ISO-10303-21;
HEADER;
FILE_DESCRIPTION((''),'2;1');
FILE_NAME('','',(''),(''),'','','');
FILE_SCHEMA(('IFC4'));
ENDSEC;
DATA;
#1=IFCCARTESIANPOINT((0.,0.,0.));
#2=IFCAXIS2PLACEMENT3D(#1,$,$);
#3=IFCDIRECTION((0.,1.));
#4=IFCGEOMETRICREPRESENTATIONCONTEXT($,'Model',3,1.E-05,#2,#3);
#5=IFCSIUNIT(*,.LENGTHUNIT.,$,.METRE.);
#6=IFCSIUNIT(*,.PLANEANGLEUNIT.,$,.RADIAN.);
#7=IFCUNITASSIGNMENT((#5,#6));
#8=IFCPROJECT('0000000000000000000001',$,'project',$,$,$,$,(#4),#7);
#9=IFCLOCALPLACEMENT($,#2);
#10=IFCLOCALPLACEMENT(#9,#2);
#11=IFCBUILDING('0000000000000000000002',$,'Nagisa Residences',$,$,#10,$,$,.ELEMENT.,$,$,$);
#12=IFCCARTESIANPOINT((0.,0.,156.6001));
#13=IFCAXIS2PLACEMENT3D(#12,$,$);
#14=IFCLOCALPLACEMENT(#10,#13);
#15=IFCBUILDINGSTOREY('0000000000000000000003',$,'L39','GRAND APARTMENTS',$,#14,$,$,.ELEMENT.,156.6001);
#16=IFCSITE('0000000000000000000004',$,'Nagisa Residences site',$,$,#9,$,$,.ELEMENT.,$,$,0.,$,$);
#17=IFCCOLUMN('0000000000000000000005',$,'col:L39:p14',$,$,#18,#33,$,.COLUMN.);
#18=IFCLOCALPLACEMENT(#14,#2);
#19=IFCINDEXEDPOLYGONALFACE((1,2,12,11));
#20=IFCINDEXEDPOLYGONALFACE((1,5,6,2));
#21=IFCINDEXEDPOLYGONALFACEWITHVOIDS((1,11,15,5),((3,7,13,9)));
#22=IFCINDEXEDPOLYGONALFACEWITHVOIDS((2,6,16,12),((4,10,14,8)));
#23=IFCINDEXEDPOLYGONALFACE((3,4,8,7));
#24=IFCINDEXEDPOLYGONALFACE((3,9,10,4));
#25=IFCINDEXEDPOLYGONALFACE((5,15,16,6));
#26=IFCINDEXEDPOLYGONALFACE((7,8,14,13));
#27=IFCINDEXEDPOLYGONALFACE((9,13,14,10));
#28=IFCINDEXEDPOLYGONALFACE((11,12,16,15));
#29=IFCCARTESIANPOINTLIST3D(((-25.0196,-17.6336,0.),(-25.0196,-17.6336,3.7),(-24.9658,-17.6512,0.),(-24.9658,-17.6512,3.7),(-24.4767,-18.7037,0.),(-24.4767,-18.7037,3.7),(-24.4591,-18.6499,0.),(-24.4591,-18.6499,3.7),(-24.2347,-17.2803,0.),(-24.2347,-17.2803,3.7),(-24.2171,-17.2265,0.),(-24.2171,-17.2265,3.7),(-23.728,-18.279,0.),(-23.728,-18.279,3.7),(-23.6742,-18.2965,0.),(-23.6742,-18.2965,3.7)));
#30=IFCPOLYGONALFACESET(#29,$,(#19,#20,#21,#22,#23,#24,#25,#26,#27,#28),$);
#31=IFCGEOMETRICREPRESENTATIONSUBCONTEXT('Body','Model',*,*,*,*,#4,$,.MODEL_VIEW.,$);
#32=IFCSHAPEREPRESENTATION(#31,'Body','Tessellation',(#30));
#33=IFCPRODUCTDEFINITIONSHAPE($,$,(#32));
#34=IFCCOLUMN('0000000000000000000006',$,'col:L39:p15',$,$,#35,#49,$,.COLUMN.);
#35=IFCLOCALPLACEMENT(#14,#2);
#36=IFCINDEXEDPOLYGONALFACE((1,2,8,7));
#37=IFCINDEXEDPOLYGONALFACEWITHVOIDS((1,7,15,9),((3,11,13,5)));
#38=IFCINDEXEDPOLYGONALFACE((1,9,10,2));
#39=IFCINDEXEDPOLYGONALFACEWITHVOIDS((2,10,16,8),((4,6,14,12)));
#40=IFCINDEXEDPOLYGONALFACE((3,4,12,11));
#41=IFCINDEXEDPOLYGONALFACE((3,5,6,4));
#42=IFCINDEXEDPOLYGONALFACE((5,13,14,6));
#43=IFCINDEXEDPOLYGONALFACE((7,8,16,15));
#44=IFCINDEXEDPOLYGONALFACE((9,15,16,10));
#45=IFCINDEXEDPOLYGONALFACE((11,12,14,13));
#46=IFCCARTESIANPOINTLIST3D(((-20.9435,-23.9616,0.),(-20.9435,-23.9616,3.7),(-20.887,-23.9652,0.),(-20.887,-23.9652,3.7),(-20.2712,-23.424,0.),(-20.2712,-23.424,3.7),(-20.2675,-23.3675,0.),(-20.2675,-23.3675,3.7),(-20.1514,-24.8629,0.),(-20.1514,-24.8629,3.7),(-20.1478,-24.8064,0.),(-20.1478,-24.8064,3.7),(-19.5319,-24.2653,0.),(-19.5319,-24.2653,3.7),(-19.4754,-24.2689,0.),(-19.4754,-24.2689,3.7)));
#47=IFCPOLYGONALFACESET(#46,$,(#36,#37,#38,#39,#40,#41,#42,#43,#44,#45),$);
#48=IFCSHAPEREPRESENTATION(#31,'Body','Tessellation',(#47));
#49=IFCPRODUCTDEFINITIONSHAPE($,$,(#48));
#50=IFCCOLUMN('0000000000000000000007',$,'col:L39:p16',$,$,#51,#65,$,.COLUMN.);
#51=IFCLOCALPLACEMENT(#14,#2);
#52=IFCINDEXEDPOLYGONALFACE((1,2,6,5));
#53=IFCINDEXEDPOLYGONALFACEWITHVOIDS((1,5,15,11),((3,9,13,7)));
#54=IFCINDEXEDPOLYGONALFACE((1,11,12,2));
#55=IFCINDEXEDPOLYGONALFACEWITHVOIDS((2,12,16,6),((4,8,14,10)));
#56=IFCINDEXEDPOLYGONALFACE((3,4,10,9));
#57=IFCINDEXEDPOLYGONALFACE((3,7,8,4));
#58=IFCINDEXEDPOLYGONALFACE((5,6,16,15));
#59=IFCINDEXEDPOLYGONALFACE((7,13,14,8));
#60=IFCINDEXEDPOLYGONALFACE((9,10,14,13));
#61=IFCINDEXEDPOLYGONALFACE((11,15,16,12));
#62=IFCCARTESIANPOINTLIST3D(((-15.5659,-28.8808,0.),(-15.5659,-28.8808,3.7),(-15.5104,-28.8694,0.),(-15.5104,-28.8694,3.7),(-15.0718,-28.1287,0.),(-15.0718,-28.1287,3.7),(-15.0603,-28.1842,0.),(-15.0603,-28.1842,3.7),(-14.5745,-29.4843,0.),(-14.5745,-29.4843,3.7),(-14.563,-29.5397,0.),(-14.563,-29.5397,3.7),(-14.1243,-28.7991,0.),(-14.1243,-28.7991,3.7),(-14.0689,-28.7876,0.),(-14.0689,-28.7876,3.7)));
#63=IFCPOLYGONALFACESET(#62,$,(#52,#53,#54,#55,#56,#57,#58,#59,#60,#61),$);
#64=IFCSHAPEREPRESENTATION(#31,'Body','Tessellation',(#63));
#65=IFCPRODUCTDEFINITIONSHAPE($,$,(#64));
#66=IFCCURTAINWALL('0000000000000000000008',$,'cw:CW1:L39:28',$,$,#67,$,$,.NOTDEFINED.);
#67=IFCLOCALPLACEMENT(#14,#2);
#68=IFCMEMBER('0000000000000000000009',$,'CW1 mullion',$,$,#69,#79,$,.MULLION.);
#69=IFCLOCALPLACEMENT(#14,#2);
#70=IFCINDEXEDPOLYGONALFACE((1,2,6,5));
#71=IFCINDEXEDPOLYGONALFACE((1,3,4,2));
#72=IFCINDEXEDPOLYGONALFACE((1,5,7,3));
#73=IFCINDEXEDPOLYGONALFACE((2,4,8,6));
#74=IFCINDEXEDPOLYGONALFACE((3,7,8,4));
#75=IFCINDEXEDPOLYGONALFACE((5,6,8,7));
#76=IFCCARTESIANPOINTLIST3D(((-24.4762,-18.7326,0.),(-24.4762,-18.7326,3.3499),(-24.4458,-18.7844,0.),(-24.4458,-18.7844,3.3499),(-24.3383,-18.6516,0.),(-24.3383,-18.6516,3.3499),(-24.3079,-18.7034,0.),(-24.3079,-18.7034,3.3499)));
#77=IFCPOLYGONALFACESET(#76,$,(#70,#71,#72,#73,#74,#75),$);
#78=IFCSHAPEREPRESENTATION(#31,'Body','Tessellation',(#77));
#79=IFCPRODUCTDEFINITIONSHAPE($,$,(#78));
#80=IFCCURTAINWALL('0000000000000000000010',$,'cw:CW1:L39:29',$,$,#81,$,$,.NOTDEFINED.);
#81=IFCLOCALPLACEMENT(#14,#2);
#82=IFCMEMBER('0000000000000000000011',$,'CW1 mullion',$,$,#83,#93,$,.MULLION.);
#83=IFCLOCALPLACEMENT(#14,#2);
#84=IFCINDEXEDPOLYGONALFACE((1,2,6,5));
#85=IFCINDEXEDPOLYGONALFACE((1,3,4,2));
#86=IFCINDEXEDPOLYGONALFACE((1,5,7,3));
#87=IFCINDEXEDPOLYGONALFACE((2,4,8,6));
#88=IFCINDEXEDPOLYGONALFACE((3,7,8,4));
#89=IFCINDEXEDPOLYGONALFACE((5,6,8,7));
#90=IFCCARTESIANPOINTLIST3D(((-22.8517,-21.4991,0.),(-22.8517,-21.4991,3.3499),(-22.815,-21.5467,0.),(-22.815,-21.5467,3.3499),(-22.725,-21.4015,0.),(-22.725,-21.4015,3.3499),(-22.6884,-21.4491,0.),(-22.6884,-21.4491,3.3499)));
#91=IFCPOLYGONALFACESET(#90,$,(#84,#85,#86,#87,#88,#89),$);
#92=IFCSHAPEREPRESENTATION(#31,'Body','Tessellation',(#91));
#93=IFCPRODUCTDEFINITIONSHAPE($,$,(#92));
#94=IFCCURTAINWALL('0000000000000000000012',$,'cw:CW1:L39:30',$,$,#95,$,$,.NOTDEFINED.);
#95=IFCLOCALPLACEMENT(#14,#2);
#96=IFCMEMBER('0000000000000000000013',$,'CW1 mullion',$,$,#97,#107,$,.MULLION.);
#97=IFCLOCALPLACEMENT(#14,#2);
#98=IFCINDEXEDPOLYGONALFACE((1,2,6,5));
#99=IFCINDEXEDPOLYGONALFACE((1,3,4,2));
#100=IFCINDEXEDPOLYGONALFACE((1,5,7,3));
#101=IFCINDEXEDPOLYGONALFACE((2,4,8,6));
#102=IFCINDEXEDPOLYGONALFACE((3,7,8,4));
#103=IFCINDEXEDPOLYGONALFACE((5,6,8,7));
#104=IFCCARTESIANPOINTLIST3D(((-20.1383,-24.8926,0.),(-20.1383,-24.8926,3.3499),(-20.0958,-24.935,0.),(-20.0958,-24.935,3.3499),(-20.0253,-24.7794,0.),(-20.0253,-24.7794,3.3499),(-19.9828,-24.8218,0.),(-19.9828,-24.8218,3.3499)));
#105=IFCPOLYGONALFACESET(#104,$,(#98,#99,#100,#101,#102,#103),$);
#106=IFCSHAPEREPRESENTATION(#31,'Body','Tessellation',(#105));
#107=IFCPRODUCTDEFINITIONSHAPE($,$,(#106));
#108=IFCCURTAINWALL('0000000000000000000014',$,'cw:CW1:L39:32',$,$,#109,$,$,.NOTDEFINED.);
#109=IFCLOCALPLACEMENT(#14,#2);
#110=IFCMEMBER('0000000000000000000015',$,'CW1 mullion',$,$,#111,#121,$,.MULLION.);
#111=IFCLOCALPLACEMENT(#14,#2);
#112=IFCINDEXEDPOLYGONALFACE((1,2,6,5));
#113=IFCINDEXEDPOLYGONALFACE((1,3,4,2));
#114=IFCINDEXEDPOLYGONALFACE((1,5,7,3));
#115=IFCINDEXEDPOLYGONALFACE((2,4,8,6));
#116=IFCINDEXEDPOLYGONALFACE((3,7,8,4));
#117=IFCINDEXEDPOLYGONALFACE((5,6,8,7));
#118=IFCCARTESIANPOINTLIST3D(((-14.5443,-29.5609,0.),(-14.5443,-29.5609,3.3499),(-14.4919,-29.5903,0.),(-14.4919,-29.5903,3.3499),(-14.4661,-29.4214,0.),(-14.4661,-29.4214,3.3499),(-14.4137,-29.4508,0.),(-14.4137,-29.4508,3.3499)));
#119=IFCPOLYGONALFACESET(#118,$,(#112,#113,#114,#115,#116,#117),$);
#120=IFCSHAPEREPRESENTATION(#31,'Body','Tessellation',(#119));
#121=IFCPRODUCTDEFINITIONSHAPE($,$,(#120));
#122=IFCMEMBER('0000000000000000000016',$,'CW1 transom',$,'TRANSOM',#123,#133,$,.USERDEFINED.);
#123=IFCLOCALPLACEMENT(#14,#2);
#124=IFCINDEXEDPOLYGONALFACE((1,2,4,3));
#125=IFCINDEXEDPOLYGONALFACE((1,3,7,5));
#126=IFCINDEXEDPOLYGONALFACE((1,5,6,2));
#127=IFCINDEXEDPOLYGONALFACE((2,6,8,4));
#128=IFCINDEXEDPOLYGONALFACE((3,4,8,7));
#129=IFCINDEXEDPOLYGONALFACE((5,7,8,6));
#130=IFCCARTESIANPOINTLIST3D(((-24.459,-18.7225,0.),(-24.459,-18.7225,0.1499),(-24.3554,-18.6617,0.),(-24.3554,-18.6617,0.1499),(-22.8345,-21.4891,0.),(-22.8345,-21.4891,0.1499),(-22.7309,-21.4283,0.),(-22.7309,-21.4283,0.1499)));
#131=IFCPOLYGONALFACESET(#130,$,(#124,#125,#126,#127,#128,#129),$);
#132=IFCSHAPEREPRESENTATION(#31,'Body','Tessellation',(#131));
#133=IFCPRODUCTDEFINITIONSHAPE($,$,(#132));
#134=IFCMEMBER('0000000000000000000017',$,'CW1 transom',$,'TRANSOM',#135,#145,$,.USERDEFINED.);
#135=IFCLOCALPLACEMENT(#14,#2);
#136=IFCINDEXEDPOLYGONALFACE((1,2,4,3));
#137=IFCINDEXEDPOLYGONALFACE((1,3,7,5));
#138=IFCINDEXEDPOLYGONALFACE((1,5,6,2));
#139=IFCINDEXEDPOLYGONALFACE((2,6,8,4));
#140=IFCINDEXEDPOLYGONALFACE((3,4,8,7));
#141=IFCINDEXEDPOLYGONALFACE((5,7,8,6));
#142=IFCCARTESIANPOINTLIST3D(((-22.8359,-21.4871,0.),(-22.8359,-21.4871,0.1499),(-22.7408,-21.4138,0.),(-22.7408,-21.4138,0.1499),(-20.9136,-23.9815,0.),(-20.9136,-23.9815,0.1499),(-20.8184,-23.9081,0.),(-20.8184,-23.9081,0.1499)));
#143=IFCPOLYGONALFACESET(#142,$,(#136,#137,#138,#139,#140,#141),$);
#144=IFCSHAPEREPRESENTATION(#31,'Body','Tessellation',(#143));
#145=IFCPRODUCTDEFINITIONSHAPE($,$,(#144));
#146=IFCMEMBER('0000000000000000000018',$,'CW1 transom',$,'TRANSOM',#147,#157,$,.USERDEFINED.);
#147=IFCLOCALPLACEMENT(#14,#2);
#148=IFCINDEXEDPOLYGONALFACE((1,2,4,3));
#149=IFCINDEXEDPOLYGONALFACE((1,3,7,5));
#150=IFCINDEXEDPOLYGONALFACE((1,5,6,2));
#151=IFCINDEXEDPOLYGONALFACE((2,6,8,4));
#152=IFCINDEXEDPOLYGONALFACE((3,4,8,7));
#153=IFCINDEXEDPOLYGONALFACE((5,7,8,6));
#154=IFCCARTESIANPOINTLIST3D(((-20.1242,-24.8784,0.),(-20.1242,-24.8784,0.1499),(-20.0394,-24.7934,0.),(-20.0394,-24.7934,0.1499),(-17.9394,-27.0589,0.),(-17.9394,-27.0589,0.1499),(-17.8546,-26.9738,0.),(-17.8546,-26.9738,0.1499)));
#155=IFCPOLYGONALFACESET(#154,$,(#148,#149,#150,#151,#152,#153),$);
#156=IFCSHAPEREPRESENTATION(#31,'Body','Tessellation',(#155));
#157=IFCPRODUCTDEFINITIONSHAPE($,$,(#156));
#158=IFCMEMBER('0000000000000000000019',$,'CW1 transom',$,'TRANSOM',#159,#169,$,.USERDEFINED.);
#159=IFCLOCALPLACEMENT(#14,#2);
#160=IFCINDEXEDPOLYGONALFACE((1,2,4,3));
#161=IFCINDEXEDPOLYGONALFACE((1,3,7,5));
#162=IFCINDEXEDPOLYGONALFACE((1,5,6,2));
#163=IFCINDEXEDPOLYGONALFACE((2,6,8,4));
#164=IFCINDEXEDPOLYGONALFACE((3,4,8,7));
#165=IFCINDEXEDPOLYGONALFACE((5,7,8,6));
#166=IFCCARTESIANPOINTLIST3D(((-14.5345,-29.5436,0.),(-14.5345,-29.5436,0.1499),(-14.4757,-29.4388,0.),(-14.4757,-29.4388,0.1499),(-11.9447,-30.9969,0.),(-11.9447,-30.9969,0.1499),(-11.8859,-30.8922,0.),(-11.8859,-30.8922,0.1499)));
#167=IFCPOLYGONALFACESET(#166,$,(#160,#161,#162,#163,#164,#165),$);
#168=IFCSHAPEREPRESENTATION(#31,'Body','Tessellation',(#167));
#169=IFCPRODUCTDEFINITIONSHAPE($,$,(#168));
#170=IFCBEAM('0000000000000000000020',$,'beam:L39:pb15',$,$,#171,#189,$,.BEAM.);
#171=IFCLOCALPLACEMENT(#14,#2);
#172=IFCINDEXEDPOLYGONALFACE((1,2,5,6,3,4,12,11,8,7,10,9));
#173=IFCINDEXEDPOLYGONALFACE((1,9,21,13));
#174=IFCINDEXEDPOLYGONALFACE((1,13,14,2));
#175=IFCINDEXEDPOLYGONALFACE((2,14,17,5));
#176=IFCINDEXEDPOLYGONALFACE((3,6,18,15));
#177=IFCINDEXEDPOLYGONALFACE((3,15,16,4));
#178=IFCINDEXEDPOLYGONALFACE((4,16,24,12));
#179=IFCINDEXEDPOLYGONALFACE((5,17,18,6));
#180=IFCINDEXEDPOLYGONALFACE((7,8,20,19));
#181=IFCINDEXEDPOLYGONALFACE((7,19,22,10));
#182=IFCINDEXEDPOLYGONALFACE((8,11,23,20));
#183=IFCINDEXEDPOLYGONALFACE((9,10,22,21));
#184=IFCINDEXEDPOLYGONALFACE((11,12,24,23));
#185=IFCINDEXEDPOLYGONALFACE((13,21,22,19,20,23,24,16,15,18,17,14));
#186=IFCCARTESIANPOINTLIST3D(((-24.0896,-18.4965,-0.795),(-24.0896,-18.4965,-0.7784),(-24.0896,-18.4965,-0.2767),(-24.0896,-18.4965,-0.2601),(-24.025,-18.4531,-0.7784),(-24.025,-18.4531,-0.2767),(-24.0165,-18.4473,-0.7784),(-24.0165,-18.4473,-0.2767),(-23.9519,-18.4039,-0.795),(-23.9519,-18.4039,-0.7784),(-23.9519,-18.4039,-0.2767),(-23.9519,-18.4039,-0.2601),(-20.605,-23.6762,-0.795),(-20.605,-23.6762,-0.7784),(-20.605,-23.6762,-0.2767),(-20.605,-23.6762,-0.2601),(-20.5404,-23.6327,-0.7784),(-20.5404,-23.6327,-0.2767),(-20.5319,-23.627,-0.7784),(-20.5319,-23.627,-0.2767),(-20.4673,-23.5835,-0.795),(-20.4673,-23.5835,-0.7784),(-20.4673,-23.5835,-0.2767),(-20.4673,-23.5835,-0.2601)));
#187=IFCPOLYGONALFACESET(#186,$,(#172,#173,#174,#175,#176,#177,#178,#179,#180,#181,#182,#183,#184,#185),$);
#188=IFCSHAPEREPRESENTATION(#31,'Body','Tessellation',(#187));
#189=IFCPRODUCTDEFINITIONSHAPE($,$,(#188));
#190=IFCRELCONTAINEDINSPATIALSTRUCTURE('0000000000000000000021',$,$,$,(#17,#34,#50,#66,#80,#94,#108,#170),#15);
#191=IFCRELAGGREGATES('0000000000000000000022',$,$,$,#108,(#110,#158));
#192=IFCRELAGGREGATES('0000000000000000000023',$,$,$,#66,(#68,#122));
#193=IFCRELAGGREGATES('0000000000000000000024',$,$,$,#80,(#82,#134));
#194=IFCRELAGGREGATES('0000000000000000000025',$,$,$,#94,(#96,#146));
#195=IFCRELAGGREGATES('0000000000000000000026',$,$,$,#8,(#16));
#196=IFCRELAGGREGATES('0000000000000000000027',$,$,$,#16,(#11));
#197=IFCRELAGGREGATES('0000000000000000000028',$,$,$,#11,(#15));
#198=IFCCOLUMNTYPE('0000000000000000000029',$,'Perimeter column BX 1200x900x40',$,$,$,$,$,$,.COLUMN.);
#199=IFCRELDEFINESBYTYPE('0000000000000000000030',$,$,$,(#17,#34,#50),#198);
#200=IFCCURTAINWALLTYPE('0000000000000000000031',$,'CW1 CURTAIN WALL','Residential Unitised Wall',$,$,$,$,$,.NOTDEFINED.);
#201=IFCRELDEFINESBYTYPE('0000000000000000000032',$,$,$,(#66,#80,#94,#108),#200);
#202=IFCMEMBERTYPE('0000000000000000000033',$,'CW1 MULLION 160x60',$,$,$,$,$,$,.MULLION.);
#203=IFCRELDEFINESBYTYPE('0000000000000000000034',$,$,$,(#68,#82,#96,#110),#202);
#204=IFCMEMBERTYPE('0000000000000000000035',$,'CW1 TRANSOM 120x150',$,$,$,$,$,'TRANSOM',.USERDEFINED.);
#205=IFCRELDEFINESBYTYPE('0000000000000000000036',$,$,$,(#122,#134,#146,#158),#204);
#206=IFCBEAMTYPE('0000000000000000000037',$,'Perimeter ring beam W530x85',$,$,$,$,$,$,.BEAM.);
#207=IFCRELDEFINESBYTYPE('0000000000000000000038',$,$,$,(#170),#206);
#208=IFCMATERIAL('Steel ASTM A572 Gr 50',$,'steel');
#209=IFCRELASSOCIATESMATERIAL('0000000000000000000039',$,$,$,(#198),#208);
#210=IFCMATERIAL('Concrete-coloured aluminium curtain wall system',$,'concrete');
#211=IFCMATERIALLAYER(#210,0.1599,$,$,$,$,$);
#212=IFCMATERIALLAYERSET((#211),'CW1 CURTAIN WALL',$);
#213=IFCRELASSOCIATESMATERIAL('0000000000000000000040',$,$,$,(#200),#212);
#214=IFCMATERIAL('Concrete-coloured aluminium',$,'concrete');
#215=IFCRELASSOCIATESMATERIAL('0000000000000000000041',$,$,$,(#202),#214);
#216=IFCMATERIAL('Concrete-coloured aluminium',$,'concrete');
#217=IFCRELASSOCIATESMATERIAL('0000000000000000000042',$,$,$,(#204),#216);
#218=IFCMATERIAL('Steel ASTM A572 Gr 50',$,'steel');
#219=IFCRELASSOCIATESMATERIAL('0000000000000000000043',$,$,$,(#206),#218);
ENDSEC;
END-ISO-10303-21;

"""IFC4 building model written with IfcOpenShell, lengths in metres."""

from ifc_helpers import new_model, si_unit, direction, frame, origin, origin_2d, place, context, subcontext, project, spatial, rectangle, hollow_rectangle, i_section, extrude, material, layer, layer_set, material_profile, profile_set, type_object, element, aggregate, save


model = new_model("IFC4")

# Units and contexts
model_context = context("Model", 3, precision=1e-05, world=origin(), true_north=direction((0.0, 1.0)))
body_context = subcontext(model_context, "Body", "Model", "MODEL_VIEW")
ifc_project = project(units=[si_unit("LENGTHUNIT", "METRE"), si_unit("PLANEANGLEUNIT", "RADIAN")], contexts=[model_context])

# Site, building, storey
site_placement = place(None, origin())
site = spatial("IfcSite", under=ifc_project, at=site_placement, Name="Nagisa Residences site", CompositionType="ELEMENT", RefElevation=0.0)
building_placement = place(site_placement, origin())
building = spatial("IfcBuilding", under=site, at=building_placement, Name="Nagisa Residences", CompositionType="ELEMENT")
storey_placement = place(building_placement, frame((0.0, 0.0, 156.6001)))
storey = spatial("IfcBuildingStorey", under=building, at=storey_placement, Name="L39", Description="GRAND APARTMENTS", CompositionType="ELEMENT", Elevation=156.6001)

# Columns
ifc_material_1 = material(Name="Steel ASTM A572 Gr 50", Category="steel")
ifc_material_profile_1 = material_profile(ifc_material_1, hollow_rectangle(XDim=1.2, YDim=0.8999, WallThickness=0.04, at=origin_2d()), Name="BX 1200x900x40")
ifc_profile_set_1 = profile_set([ifc_material_profile_1], Name="Steel ASTM A572 Gr 50")
column_type = type_object("IfcColumnType", Name="Perimeter column BX 1200x900x40", PredefinedType="COLUMN", material=ifc_profile_set_1)
for number, where, z_axis, x_axis, name in (
    (1, (-24.3469, -17.9651, 0.0), (0.0, 0.0, 1.0), (0.452463, -0.891783, 0.0), "col:L39:p14"),
    (2, (-20.2095, -24.1152, 0.0), (0.0, 0.0, 1.0), (0.660115, -0.751165, 0.0), "col:L39:p15"),
    (3, (-14.8174, -28.8342, 0.0), (0.0, 0.0, 1.0), (0.835766, -0.549086, 0.0), "col:L39:p16"),
):
    element("IfcColumn", number, at=place(storey_placement, frame(where, z_axis=z_axis, x_axis=x_axis)), inside=storey, type_object=column_type, Name=name, PredefinedType="COLUMN", context=body_context, shape_type="SweptSolid", body=[
        extrude(hollow_rectangle(XDim=1.2, YDim=0.8999, WallThickness=0.04, at=origin_2d()), origin(), (0.0, 0.0, 1.0), 3.7),
    ])

# Curtain walls, members
ifc_material_2 = material(Name="Concrete-coloured aluminium curtain wall system", Category="concrete")
ifc_layer_1 = layer(ifc_material_2, 0.1599)
ifc_layer_set_1 = layer_set([ifc_layer_1], Name="CW1 CURTAIN WALL")
curtain_wall_type = type_object("IfcCurtainWallType", Name="CW1 CURTAIN WALL", Description="Residential Unitised Wall", PredefinedType="NOTDEFINED", material=ifc_layer_set_1)
curtain_wall_1_placement = place(storey_placement, origin())
curtain_wall_1 = element("IfcCurtainWall", 4, at=curtain_wall_1_placement, inside=storey, type_object=curtain_wall_type, Name="cw:CW1:L39:28", PredefinedType="NOTDEFINED")
ifc_material_3 = material(Name="Concrete-coloured aluminium", Category="concrete")
ifc_material_profile_2 = material_profile(ifc_material_3, rectangle(XDim=0.1599, YDim=0.0601, at=origin_2d()), Name="CW1 MULLION 160x60")
ifc_profile_set_2 = profile_set([ifc_material_profile_2], Name="Concrete-coloured aluminium")
member_type_1 = type_object("IfcMemberType", Name="CW1 MULLION 160x60", PredefinedType="MULLION", material=ifc_profile_set_2)
member_1_placement = place(storey_placement, frame((-24.3921, -18.718, 0.0), z_axis=(0.0, 0.0, 1.0), x_axis=(0.862329, 0.506349, 0.0)))
member_1 = element("IfcMember", 5, at=member_1_placement, type_object=member_type_1, Name="CW1 mullion", PredefinedType="MULLION", context=body_context, shape_type="SweptSolid", body=[
    extrude(rectangle(XDim=0.1599, YDim=0.0601, at=origin_2d()), origin(), (0.0, 0.0, 1.0), 3.3499),
])
curtain_wall_2_placement = place(storey_placement, origin())
curtain_wall_2 = element("IfcCurtainWall", 6, at=curtain_wall_2_placement, inside=storey, type_object=curtain_wall_type, Name="cw:CW1:L39:29", PredefinedType="NOTDEFINED")
member_2_placement = place(storey_placement, frame((-22.77, -21.4741, 0.0), z_axis=(0.0, 0.0, 1.0), x_axis=(0.79207, 0.61043, 0.0)))
member_2 = element("IfcMember", 7, at=member_2_placement, type_object=member_type_1, Name="CW1 mullion", PredefinedType="MULLION", context=body_context, shape_type="SweptSolid", body=[
    extrude(rectangle(XDim=0.1599, YDim=0.0601, at=origin_2d()), origin(), (0.0, 0.0, 1.0), 3.3499),
])
curtain_wall_3_placement = place(storey_placement, origin())
curtain_wall_3 = element("IfcCurtainWall", 8, at=curtain_wall_3_placement, inside=storey, type_object=curtain_wall_type, Name="cw:CW1:L39:30", PredefinedType="NOTDEFINED")
member_3_placement = place(storey_placement, frame((-20.0605, -24.8572, 0.0), z_axis=(0.0, 0.0, 1.0), x_axis=(0.706377, 0.707836, 0.0)))
member_3 = element("IfcMember", 9, at=member_3_placement, type_object=member_type_1, Name="CW1 mullion", PredefinedType="MULLION", context=body_context, shape_type="SweptSolid", body=[
    extrude(rectangle(XDim=0.1599, YDim=0.0601, at=origin_2d()), origin(), (0.0, 0.0, 1.0), 3.3499),
])
curtain_wall_4_placement = place(storey_placement, origin())
curtain_wall_4 = element("IfcCurtainWall", 10, at=curtain_wall_4_placement, inside=storey, type_object=curtain_wall_type, Name="cw:CW1:L39:32", PredefinedType="NOTDEFINED")
member_4_placement = place(storey_placement, frame((-14.479, -29.5059, 0.0), z_axis=(0.0, 0.0, 1.0), x_axis=(0.489377, 0.872072, 0.0)))
member_4 = element("IfcMember", 11, at=member_4_placement, type_object=member_type_1, Name="CW1 mullion", PredefinedType="MULLION", context=body_context, shape_type="SweptSolid", body=[
    extrude(rectangle(XDim=0.1599, YDim=0.0601, at=origin_2d()), origin(), (0.0, 0.0, 1.0), 3.3499),
])

# Members
ifc_material_4 = material(Name="Concrete-coloured aluminium", Category="concrete")
ifc_material_profile_3 = material_profile(ifc_material_4, rectangle(XDim=0.1201, YDim=0.1499, at=origin_2d()), Name="CW1 TRANSOM 120x150")
ifc_profile_set_3 = profile_set([ifc_material_profile_3], Name="Concrete-coloured aluminium")
member_type_2 = type_object("IfcMemberType", Name="CW1 TRANSOM 120x150", ElementType="TRANSOM", PredefinedType="USERDEFINED", material=ifc_profile_set_3)
member_5_placement = place(storey_placement, frame((-24.4072, -18.6921, 0.075), z_axis=(0.506348, -0.862329, 0.0), x_axis=(0.862329, 0.506348, 0.0)))
member_5 = element("IfcMember", 12, at=member_5_placement, type_object=member_type_2, Name="CW1 transom", ObjectType="TRANSOM", PredefinedType="USERDEFINED", context=body_context, shape_type="SweptSolid", body=[
    extrude(rectangle(XDim=0.1201, YDim=0.1499, at=origin_2d()), origin(), (0.0, 0.0, 1.0), 3.2083),
])
member_6_placement = place(storey_placement, frame((-22.7883, -21.4504, 0.075), z_axis=(0.61043, -0.79207, 0.0), x_axis=(0.79207, 0.61043, 0.0)))
member_6 = element("IfcMember", 13, at=member_6_placement, type_object=member_type_2, Name="CW1 transom", ObjectType="TRANSOM", PredefinedType="USERDEFINED", context=body_context, shape_type="SweptSolid", body=[
    extrude(rectangle(XDim=0.1201, YDim=0.1499, at=origin_2d()), origin(), (0.0, 0.0, 1.0), 3.1492),
])
member_7_placement = place(storey_placement, frame((-20.0818, -24.8359, 0.075), z_axis=(0.707818, -0.706395, 0.0), x_axis=(0.706395, 0.707818, 0.0)))
member_7 = element("IfcMember", 14, at=member_7_placement, type_object=member_type_2, Name="CW1 transom", ObjectType="TRANSOM", PredefinedType="USERDEFINED", context=body_context, shape_type="SweptSolid", body=[
    extrude(rectangle(XDim=0.1201, YDim=0.1499, at=origin_2d()), origin(), (0.0, 0.0, 1.0), 3.0867),
])
member_8_placement = place(storey_placement, frame((-14.5051, -29.4912, 0.075), z_axis=(0.872067, -0.489387, 0.0), x_axis=(0.489387, 0.872067, 0.0)))
member_8 = element("IfcMember", 15, at=member_8_placement, type_object=member_type_2, Name="CW1 transom", ObjectType="TRANSOM", PredefinedType="USERDEFINED", context=body_context, shape_type="SweptSolid", body=[
    extrude(rectangle(XDim=0.1201, YDim=0.1499, at=origin_2d()), origin(), (0.0, 0.0, 1.0), 2.9697),
])
aggregate(curtain_wall_4, [member_4, member_8])

# Beam
ifc_material_5 = material(Name="Steel ASTM A572 Gr 50", Category="steel")
ifc_material_profile_4 = material_profile(ifc_material_5, i_section(OverallWidth=0.166, OverallDepth=0.5349, WebThickness=0.0103, FlangeThickness=0.0166, at=origin_2d()), Name="W530x85")
ifc_profile_set_4 = profile_set([ifc_material_profile_4], Name="Steel ASTM A572 Gr 50")
beam_type_1 = type_object("IfcBeamType", Name="Perimeter ring beam W530x85", PredefinedType="BEAM", material=ifc_profile_set_4)
beam_1_placement = place(storey_placement, frame((-24.0208, -18.4502, -0.5276), z_axis=(0.558188, -0.829715, 0.0), x_axis=(0.829715, 0.558188, 0.0)))
element("IfcBeam", 16, at=beam_1_placement, inside=storey, type_object=beam_type_1, Name="beam:L39:pb15", PredefinedType="BEAM", context=body_context, shape_type="SweptSolid", body=[
    extrude(i_section(OverallWidth=0.166, OverallDepth=0.5349, WebThickness=0.0103, FlangeThickness=0.0166, at=origin_2d()), origin(), (0.0, 0.0, 1.0), 6.2427),
])

aggregate(curtain_wall_1, [member_1, member_5])
aggregate(curtain_wall_2, [member_2, member_6])
aggregate(curtain_wall_3, [member_3, member_7])

save(model, "model.ifc")
